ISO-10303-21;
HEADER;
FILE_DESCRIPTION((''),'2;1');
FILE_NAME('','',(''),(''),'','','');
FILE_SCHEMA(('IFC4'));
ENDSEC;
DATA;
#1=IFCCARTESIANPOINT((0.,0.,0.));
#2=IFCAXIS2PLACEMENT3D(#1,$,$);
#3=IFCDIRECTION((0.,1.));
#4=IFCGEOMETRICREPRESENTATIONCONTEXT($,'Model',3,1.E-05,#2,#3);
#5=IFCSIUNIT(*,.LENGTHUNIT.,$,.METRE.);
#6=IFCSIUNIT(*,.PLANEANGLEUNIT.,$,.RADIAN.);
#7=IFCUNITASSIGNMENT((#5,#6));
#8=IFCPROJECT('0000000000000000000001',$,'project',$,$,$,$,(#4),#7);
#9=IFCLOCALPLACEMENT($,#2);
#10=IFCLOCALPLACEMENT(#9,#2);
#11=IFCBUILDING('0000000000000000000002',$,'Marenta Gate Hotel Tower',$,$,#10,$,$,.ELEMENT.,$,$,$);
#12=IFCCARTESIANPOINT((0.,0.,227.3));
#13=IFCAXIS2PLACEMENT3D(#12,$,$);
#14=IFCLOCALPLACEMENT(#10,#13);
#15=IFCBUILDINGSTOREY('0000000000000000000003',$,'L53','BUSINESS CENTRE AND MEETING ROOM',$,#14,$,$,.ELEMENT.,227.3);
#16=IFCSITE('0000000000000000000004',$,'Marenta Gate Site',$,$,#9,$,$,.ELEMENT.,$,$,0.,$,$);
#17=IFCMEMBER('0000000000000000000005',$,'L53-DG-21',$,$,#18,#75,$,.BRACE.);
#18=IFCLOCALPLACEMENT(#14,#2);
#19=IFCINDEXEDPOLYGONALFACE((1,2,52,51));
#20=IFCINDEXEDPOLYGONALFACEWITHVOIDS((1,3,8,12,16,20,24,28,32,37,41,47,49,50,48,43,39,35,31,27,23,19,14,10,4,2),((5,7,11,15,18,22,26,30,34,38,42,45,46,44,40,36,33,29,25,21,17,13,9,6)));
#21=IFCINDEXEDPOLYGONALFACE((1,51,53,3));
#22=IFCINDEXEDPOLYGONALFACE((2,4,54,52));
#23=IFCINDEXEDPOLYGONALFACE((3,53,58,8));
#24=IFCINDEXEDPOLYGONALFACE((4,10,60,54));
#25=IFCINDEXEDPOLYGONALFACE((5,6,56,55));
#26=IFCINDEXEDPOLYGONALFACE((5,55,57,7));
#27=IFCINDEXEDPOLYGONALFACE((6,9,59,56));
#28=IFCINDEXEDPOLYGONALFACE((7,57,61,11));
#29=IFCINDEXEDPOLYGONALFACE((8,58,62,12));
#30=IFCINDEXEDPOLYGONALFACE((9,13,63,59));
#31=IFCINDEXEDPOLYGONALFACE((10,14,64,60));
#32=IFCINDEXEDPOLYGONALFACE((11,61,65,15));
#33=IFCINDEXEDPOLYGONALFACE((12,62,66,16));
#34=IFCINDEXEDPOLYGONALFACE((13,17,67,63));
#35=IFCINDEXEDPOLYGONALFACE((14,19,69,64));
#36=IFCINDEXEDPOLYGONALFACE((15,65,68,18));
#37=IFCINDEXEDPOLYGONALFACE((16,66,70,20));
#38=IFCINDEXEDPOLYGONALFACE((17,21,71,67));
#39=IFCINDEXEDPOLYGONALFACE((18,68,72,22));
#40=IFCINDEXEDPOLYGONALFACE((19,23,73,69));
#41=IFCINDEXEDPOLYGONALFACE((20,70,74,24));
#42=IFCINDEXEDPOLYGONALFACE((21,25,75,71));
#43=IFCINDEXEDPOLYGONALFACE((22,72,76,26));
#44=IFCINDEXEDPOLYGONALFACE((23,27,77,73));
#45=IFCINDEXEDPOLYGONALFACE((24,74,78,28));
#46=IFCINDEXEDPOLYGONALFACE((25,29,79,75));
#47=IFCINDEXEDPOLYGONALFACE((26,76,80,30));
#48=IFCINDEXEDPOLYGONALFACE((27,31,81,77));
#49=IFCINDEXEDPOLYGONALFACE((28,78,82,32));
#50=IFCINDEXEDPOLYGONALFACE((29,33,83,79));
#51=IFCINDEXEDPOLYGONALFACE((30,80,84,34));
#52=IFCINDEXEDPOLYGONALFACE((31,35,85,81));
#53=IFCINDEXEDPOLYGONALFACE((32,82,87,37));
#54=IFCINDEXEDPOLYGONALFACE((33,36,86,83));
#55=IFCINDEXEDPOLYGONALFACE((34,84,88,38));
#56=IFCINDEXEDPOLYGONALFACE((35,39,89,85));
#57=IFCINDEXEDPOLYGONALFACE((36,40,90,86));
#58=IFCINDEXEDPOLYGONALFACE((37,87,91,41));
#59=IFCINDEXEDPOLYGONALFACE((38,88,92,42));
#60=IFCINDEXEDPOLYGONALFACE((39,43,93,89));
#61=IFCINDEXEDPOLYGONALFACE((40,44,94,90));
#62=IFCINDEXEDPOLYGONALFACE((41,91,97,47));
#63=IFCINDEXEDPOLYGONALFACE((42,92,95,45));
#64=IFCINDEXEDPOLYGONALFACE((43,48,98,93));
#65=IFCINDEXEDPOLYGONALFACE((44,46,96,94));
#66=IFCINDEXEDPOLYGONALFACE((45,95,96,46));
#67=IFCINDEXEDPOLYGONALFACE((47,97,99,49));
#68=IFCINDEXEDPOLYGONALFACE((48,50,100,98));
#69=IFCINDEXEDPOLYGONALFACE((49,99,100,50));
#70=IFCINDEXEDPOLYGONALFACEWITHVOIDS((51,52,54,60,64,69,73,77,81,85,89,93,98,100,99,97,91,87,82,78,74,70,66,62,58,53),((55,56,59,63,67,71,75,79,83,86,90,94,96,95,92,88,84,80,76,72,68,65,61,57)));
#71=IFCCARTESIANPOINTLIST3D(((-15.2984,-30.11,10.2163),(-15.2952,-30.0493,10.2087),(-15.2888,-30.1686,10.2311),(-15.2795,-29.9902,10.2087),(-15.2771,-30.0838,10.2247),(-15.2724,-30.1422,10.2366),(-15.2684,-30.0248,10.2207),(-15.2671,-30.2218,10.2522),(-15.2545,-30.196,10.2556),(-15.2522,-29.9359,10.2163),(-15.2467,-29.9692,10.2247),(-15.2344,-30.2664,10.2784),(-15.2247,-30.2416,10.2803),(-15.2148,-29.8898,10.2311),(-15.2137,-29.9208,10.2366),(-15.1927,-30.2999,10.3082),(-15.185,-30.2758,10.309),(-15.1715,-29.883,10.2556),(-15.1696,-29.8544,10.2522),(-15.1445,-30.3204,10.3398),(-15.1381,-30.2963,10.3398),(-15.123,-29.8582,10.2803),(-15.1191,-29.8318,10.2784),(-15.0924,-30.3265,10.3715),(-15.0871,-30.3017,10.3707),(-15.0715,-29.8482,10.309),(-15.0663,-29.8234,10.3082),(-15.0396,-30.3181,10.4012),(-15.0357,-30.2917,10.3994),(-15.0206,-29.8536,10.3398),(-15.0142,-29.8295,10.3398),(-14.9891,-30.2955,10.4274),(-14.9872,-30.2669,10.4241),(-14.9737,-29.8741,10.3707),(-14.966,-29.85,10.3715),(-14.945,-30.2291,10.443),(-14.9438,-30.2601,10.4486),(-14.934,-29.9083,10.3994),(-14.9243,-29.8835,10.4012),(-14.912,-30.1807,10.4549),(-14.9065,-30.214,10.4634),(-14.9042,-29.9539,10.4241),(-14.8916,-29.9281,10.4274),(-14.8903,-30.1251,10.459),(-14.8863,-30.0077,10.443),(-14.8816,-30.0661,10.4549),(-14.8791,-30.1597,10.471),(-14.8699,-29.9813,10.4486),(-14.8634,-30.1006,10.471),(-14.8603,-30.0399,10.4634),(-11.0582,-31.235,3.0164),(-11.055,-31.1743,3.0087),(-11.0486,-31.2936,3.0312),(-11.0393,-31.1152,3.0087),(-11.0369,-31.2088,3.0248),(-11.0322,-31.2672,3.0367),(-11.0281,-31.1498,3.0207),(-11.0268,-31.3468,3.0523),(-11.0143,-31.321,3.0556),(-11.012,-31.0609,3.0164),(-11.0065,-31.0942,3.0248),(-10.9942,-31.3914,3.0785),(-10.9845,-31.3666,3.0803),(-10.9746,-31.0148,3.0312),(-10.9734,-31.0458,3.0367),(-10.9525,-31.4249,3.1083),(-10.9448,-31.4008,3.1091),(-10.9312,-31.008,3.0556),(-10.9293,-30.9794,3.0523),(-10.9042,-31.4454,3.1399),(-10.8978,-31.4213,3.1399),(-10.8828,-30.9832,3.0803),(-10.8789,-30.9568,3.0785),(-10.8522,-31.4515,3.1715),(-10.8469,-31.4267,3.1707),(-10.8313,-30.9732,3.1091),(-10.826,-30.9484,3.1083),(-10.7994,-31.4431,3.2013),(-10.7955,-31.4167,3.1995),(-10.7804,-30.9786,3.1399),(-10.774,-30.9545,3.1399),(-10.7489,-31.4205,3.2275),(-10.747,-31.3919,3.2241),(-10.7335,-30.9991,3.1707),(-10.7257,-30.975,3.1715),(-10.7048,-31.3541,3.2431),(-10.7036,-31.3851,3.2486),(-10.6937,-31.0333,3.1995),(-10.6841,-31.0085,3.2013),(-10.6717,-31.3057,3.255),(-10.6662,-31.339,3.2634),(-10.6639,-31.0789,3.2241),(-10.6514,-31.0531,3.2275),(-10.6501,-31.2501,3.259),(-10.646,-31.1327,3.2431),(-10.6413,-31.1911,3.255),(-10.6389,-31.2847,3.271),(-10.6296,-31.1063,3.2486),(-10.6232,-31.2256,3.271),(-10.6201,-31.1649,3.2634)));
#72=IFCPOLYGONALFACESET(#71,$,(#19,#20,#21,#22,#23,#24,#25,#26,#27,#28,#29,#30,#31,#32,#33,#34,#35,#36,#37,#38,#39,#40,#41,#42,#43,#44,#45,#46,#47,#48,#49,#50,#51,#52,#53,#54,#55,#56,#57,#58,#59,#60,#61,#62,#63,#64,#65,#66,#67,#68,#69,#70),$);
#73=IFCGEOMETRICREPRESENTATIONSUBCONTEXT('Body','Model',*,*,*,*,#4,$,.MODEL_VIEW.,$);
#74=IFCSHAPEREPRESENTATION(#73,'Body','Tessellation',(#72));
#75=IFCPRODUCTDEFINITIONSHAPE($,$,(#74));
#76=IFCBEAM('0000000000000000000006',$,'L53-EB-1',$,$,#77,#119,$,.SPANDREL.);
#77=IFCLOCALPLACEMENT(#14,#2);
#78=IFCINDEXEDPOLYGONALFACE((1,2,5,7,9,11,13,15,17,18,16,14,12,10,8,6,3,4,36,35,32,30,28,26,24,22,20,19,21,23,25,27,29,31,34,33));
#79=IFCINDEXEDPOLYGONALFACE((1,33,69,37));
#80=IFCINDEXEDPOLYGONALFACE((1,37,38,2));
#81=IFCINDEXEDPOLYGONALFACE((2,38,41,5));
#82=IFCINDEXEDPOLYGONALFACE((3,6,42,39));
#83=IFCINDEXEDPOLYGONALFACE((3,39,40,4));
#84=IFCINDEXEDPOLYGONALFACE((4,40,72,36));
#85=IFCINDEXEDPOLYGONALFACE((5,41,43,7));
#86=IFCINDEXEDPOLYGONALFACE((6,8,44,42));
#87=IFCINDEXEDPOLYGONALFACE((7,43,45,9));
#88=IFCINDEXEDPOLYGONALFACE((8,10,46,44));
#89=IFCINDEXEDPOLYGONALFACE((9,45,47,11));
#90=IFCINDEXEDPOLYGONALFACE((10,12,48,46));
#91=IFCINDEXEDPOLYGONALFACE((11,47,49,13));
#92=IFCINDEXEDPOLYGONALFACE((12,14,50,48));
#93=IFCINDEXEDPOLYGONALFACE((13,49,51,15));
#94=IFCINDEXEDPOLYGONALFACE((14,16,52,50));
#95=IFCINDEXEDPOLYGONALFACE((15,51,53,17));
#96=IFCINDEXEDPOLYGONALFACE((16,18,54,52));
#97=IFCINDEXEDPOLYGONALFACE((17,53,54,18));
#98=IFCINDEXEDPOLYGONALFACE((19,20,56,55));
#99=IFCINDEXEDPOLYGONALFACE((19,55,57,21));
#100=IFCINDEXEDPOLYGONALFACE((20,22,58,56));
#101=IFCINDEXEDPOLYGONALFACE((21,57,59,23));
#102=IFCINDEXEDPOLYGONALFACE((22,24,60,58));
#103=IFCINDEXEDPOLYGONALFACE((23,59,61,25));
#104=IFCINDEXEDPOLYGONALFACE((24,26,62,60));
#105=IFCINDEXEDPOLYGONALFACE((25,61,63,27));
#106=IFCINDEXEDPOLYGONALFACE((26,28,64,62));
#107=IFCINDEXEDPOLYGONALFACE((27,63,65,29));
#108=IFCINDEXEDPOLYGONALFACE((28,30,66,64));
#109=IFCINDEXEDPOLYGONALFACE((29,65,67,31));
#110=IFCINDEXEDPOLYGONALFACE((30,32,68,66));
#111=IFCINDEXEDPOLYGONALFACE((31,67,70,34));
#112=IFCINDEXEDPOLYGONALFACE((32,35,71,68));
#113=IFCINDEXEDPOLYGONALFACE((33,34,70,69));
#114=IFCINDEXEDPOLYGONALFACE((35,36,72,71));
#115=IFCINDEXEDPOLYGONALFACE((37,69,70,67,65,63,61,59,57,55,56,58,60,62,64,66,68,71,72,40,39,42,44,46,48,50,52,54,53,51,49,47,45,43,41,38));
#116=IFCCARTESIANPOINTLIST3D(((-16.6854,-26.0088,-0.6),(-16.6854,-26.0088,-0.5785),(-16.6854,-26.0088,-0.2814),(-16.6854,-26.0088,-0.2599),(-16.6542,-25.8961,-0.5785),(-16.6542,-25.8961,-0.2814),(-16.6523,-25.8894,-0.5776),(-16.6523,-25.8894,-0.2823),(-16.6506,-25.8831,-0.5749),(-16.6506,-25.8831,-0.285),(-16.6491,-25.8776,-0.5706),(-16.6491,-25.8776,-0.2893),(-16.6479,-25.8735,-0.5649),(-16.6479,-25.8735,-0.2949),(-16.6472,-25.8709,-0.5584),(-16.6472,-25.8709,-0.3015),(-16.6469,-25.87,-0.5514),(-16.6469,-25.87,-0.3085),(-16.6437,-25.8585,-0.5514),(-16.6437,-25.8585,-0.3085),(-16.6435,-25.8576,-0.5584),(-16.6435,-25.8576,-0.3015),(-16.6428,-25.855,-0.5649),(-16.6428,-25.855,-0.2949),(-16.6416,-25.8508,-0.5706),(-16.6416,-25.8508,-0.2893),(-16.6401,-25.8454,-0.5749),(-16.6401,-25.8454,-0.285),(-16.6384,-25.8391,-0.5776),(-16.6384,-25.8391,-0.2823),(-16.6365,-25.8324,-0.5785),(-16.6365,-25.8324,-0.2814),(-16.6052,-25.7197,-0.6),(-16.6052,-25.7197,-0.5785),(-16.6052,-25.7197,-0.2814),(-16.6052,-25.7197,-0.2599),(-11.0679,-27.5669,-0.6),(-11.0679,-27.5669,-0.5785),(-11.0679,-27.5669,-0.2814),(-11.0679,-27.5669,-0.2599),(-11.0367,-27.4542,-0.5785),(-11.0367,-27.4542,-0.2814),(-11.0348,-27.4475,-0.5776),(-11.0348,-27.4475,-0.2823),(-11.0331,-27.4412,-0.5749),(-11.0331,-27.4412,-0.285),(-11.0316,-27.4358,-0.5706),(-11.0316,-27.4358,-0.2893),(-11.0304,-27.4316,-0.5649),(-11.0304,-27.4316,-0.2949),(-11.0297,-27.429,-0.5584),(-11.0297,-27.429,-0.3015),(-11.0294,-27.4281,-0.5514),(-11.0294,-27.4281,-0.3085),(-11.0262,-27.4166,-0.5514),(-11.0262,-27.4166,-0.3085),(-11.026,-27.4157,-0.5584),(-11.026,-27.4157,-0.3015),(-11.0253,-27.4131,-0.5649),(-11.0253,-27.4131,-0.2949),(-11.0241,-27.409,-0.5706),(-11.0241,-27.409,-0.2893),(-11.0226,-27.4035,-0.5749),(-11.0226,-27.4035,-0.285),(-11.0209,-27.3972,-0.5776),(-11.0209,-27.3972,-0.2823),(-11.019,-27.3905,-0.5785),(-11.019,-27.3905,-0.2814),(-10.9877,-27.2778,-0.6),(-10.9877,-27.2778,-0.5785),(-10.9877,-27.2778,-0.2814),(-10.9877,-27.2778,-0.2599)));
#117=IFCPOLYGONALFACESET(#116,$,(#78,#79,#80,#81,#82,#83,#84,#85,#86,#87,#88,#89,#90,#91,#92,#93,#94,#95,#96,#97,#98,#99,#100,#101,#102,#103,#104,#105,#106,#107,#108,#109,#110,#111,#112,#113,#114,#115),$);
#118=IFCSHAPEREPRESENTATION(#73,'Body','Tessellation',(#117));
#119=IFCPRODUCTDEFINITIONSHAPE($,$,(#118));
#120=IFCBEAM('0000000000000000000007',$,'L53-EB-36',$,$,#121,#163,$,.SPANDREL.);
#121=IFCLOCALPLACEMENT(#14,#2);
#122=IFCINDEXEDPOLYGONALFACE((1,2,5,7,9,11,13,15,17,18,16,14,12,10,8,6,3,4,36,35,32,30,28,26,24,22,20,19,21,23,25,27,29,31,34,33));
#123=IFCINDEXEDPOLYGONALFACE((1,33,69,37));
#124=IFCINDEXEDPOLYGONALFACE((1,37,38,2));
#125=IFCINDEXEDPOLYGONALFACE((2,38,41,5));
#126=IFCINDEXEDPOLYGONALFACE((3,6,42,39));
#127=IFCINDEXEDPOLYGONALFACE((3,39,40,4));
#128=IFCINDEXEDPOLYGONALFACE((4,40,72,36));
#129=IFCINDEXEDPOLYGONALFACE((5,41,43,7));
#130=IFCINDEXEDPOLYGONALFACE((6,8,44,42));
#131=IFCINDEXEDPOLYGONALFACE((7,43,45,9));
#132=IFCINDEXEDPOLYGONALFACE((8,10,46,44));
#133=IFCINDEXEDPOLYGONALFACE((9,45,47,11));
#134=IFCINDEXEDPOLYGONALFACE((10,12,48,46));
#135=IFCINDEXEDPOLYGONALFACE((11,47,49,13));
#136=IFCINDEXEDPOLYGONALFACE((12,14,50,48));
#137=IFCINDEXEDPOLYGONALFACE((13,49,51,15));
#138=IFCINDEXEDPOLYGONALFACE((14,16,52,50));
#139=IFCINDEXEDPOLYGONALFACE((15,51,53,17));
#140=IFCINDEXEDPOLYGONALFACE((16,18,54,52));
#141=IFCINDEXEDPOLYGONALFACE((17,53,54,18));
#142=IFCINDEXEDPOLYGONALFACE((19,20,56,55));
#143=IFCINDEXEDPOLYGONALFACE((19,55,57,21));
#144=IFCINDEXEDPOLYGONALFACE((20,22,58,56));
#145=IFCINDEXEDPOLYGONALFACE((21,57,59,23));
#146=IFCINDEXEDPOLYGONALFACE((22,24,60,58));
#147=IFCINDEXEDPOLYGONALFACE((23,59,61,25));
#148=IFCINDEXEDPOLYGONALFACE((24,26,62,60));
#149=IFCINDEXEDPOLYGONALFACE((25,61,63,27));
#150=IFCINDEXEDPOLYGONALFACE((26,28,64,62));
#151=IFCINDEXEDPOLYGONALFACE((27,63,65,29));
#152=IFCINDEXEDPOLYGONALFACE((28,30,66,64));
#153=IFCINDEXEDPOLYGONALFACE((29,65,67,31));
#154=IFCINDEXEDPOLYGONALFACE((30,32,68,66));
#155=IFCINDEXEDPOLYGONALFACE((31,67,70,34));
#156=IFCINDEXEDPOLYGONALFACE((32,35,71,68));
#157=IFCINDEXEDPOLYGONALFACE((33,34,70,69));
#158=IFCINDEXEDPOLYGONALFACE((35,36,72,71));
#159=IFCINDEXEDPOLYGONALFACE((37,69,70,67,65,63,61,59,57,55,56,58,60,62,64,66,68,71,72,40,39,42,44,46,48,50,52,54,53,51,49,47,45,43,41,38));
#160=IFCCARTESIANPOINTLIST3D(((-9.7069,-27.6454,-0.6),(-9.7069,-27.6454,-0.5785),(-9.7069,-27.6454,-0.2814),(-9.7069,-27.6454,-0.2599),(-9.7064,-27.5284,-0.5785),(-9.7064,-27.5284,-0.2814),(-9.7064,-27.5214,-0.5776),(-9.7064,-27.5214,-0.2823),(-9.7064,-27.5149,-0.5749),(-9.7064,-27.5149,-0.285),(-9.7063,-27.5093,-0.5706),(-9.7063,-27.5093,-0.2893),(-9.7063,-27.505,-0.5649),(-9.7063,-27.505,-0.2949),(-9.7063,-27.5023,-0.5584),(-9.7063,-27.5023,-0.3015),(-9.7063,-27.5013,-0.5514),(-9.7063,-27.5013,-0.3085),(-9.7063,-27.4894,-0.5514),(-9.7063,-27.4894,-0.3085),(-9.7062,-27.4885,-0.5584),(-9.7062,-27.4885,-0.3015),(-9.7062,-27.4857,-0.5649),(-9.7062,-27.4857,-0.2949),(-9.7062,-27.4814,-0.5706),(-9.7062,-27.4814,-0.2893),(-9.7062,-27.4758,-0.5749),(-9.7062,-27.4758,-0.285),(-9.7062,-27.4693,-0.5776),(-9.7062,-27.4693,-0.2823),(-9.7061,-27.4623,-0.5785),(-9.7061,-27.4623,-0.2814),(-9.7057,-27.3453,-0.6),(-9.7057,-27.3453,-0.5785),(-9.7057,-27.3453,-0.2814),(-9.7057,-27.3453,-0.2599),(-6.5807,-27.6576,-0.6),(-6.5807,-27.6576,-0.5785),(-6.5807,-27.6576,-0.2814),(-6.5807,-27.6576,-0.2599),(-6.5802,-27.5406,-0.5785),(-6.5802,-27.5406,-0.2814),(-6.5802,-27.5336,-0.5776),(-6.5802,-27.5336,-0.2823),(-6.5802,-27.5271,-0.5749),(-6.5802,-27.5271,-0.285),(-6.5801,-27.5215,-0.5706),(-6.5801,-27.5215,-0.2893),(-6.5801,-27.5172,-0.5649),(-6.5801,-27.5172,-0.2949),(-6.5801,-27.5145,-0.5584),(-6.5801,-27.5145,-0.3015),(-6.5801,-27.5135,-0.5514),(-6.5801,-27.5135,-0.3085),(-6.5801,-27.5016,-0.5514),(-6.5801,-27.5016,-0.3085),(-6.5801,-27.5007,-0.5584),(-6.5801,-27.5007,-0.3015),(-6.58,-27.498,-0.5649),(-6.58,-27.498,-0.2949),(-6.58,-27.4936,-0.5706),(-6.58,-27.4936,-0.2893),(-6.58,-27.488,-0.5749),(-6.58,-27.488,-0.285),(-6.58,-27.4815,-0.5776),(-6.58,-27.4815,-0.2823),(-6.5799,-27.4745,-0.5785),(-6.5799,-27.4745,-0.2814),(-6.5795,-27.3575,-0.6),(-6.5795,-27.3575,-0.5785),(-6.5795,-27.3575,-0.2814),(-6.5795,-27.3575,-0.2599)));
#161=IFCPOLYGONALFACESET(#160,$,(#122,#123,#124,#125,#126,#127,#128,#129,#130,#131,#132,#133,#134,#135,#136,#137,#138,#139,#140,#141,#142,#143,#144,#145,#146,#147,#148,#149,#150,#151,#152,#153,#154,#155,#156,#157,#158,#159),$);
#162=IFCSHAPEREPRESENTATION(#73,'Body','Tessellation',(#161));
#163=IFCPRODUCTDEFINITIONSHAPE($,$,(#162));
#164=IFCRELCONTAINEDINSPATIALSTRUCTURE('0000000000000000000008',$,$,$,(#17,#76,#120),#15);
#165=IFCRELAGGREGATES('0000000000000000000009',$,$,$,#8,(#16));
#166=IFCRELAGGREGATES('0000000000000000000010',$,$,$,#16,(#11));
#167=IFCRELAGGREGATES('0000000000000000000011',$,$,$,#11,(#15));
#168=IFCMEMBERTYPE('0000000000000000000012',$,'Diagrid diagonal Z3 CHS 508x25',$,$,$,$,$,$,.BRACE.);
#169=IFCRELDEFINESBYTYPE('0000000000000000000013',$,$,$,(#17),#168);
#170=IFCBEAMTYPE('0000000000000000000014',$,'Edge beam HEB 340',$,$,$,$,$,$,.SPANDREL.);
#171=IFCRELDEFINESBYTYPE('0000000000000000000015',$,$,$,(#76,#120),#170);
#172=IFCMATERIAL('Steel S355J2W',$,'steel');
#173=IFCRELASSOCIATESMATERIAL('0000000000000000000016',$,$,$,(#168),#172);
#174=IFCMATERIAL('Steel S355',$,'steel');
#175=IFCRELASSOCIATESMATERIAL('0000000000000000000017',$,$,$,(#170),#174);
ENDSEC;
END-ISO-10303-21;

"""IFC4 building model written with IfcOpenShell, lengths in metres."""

from ifc_helpers import new_model, si_unit, direction, frame, origin, origin_2d, place, context, subcontext, project, spatial, hollow_circle, i_section, extrude, material, material_profile, profile_set, type_object, element, save


model = new_model("IFC4")

# Units and contexts
model_context = context("Model", 3, precision=1e-05, world=origin(), true_north=direction((0.0, 1.0)))
body_context = subcontext(model_context, "Body", "Model", "MODEL_VIEW")
ifc_project = project(units=[si_unit("LENGTHUNIT", "METRE"), si_unit("PLANEANGLEUNIT", "RADIAN")], contexts=[model_context])

# Site, building, storey
site_placement = place(None, origin())
site = spatial("IfcSite", under=ifc_project, at=site_placement, Name="Marenta Gate Site", CompositionType="ELEMENT", RefElevation=0.0)
building_placement = place(site_placement, origin())
building = spatial("IfcBuilding", under=site, at=building_placement, Name="Marenta Gate Hotel Tower", CompositionType="ELEMENT")
storey_placement = place(building_placement, frame((0.0, 0.0, 227.3)))
storey = spatial("IfcBuildingStorey", under=building, at=storey_placement, Name="L53", Description="BUSINESS CENTRE AND MEETING ROOM", CompositionType="ELEMENT", Elevation=227.3)

# Member
ifc_material_1 = material(Name="Steel S355J2W", Category="steel")
ifc_material_profile_1 = material_profile(ifc_material_1, hollow_circle(Radius=0.2539, WallThickness=0.0249, at=origin_2d()), Name="CHS 508x25")
ifc_profile_set_1 = profile_set([ifc_material_profile_1], Name="Steel S355J2W")
member_type_1 = type_object("IfcMemberType", Name="Diagrid diagonal Z3 CHS 508x25", PredefinedType="BRACE", material=ifc_profile_set_1)
member_1_placement = place(storey_placement, frame((-10.8391, -31.2, 3.1399), z_axis=(-0.502924, 0.133434, 0.853969), x_axis=(-0.256443, -0.966559, 0.0)))
element("IfcMember", 1, at=member_1_placement, inside=storey, type_object=member_type_1, Name="L53-DG-21", PredefinedType="BRACE", context=body_context, shape_type="SweptSolid", body=[
    extrude(hollow_circle(Radius=0.2539, WallThickness=0.0249, at=origin_2d()), origin(), (0.0, 0.0, 1.0), 8.4312),
])

# Beams
ifc_material_2 = material(Name="Steel S355", Category="steel")
ifc_material_profile_2 = material_profile(ifc_material_2, i_section(OverallWidth=0.3, OverallDepth=0.3401, WebThickness=0.012, FlangeThickness=0.0215, FilletRadius=0.0271, at=origin_2d()), Name="HEB 340")
ifc_profile_set_2 = profile_set([ifc_material_profile_2], Name="Steel S355")
beam_type_1 = type_object("IfcBeamType", Name="Edge beam HEB 340", PredefinedType="SPANDREL", material=ifc_profile_set_2)
beam_1_placement = place(storey_placement, frame((-11.0278, -27.4224, -0.4299), z_axis=(-0.963619, 0.267279, 0.0), x_axis=(-0.267279, -0.963619, 0.0)))
element("IfcBeam", 2, at=beam_1_placement, inside=storey, type_object=beam_type_1, Name="L53-EB-1", PredefinedType="SPANDREL", context=body_context, shape_type="SweptSolid", body=[
    extrude(i_section(OverallWidth=0.3, OverallDepth=0.3401, WebThickness=0.012, FlangeThickness=0.0215, FilletRadius=0.0271, at=origin_2d()), origin(), (0.0, 0.0, 1.0), 5.8296),
])
beam_2_placement = place(storey_placement, frame((-6.5801, -27.5076, -0.4299), z_axis=(-0.999992, 0.003905, 0.0), x_axis=(-0.003905, -0.999992, 0.0)))
element("IfcBeam", 3, at=beam_2_placement, inside=storey, type_object=beam_type_1, Name="L53-EB-36", PredefinedType="SPANDREL", context=body_context, shape_type="SweptSolid", body=[
    extrude(i_section(OverallWidth=0.3, OverallDepth=0.3401, WebThickness=0.012, FlangeThickness=0.0215, FilletRadius=0.0271, at=origin_2d()), origin(), (0.0, 0.0, 1.0), 3.1262),
])

save(model, "model.ifc")
